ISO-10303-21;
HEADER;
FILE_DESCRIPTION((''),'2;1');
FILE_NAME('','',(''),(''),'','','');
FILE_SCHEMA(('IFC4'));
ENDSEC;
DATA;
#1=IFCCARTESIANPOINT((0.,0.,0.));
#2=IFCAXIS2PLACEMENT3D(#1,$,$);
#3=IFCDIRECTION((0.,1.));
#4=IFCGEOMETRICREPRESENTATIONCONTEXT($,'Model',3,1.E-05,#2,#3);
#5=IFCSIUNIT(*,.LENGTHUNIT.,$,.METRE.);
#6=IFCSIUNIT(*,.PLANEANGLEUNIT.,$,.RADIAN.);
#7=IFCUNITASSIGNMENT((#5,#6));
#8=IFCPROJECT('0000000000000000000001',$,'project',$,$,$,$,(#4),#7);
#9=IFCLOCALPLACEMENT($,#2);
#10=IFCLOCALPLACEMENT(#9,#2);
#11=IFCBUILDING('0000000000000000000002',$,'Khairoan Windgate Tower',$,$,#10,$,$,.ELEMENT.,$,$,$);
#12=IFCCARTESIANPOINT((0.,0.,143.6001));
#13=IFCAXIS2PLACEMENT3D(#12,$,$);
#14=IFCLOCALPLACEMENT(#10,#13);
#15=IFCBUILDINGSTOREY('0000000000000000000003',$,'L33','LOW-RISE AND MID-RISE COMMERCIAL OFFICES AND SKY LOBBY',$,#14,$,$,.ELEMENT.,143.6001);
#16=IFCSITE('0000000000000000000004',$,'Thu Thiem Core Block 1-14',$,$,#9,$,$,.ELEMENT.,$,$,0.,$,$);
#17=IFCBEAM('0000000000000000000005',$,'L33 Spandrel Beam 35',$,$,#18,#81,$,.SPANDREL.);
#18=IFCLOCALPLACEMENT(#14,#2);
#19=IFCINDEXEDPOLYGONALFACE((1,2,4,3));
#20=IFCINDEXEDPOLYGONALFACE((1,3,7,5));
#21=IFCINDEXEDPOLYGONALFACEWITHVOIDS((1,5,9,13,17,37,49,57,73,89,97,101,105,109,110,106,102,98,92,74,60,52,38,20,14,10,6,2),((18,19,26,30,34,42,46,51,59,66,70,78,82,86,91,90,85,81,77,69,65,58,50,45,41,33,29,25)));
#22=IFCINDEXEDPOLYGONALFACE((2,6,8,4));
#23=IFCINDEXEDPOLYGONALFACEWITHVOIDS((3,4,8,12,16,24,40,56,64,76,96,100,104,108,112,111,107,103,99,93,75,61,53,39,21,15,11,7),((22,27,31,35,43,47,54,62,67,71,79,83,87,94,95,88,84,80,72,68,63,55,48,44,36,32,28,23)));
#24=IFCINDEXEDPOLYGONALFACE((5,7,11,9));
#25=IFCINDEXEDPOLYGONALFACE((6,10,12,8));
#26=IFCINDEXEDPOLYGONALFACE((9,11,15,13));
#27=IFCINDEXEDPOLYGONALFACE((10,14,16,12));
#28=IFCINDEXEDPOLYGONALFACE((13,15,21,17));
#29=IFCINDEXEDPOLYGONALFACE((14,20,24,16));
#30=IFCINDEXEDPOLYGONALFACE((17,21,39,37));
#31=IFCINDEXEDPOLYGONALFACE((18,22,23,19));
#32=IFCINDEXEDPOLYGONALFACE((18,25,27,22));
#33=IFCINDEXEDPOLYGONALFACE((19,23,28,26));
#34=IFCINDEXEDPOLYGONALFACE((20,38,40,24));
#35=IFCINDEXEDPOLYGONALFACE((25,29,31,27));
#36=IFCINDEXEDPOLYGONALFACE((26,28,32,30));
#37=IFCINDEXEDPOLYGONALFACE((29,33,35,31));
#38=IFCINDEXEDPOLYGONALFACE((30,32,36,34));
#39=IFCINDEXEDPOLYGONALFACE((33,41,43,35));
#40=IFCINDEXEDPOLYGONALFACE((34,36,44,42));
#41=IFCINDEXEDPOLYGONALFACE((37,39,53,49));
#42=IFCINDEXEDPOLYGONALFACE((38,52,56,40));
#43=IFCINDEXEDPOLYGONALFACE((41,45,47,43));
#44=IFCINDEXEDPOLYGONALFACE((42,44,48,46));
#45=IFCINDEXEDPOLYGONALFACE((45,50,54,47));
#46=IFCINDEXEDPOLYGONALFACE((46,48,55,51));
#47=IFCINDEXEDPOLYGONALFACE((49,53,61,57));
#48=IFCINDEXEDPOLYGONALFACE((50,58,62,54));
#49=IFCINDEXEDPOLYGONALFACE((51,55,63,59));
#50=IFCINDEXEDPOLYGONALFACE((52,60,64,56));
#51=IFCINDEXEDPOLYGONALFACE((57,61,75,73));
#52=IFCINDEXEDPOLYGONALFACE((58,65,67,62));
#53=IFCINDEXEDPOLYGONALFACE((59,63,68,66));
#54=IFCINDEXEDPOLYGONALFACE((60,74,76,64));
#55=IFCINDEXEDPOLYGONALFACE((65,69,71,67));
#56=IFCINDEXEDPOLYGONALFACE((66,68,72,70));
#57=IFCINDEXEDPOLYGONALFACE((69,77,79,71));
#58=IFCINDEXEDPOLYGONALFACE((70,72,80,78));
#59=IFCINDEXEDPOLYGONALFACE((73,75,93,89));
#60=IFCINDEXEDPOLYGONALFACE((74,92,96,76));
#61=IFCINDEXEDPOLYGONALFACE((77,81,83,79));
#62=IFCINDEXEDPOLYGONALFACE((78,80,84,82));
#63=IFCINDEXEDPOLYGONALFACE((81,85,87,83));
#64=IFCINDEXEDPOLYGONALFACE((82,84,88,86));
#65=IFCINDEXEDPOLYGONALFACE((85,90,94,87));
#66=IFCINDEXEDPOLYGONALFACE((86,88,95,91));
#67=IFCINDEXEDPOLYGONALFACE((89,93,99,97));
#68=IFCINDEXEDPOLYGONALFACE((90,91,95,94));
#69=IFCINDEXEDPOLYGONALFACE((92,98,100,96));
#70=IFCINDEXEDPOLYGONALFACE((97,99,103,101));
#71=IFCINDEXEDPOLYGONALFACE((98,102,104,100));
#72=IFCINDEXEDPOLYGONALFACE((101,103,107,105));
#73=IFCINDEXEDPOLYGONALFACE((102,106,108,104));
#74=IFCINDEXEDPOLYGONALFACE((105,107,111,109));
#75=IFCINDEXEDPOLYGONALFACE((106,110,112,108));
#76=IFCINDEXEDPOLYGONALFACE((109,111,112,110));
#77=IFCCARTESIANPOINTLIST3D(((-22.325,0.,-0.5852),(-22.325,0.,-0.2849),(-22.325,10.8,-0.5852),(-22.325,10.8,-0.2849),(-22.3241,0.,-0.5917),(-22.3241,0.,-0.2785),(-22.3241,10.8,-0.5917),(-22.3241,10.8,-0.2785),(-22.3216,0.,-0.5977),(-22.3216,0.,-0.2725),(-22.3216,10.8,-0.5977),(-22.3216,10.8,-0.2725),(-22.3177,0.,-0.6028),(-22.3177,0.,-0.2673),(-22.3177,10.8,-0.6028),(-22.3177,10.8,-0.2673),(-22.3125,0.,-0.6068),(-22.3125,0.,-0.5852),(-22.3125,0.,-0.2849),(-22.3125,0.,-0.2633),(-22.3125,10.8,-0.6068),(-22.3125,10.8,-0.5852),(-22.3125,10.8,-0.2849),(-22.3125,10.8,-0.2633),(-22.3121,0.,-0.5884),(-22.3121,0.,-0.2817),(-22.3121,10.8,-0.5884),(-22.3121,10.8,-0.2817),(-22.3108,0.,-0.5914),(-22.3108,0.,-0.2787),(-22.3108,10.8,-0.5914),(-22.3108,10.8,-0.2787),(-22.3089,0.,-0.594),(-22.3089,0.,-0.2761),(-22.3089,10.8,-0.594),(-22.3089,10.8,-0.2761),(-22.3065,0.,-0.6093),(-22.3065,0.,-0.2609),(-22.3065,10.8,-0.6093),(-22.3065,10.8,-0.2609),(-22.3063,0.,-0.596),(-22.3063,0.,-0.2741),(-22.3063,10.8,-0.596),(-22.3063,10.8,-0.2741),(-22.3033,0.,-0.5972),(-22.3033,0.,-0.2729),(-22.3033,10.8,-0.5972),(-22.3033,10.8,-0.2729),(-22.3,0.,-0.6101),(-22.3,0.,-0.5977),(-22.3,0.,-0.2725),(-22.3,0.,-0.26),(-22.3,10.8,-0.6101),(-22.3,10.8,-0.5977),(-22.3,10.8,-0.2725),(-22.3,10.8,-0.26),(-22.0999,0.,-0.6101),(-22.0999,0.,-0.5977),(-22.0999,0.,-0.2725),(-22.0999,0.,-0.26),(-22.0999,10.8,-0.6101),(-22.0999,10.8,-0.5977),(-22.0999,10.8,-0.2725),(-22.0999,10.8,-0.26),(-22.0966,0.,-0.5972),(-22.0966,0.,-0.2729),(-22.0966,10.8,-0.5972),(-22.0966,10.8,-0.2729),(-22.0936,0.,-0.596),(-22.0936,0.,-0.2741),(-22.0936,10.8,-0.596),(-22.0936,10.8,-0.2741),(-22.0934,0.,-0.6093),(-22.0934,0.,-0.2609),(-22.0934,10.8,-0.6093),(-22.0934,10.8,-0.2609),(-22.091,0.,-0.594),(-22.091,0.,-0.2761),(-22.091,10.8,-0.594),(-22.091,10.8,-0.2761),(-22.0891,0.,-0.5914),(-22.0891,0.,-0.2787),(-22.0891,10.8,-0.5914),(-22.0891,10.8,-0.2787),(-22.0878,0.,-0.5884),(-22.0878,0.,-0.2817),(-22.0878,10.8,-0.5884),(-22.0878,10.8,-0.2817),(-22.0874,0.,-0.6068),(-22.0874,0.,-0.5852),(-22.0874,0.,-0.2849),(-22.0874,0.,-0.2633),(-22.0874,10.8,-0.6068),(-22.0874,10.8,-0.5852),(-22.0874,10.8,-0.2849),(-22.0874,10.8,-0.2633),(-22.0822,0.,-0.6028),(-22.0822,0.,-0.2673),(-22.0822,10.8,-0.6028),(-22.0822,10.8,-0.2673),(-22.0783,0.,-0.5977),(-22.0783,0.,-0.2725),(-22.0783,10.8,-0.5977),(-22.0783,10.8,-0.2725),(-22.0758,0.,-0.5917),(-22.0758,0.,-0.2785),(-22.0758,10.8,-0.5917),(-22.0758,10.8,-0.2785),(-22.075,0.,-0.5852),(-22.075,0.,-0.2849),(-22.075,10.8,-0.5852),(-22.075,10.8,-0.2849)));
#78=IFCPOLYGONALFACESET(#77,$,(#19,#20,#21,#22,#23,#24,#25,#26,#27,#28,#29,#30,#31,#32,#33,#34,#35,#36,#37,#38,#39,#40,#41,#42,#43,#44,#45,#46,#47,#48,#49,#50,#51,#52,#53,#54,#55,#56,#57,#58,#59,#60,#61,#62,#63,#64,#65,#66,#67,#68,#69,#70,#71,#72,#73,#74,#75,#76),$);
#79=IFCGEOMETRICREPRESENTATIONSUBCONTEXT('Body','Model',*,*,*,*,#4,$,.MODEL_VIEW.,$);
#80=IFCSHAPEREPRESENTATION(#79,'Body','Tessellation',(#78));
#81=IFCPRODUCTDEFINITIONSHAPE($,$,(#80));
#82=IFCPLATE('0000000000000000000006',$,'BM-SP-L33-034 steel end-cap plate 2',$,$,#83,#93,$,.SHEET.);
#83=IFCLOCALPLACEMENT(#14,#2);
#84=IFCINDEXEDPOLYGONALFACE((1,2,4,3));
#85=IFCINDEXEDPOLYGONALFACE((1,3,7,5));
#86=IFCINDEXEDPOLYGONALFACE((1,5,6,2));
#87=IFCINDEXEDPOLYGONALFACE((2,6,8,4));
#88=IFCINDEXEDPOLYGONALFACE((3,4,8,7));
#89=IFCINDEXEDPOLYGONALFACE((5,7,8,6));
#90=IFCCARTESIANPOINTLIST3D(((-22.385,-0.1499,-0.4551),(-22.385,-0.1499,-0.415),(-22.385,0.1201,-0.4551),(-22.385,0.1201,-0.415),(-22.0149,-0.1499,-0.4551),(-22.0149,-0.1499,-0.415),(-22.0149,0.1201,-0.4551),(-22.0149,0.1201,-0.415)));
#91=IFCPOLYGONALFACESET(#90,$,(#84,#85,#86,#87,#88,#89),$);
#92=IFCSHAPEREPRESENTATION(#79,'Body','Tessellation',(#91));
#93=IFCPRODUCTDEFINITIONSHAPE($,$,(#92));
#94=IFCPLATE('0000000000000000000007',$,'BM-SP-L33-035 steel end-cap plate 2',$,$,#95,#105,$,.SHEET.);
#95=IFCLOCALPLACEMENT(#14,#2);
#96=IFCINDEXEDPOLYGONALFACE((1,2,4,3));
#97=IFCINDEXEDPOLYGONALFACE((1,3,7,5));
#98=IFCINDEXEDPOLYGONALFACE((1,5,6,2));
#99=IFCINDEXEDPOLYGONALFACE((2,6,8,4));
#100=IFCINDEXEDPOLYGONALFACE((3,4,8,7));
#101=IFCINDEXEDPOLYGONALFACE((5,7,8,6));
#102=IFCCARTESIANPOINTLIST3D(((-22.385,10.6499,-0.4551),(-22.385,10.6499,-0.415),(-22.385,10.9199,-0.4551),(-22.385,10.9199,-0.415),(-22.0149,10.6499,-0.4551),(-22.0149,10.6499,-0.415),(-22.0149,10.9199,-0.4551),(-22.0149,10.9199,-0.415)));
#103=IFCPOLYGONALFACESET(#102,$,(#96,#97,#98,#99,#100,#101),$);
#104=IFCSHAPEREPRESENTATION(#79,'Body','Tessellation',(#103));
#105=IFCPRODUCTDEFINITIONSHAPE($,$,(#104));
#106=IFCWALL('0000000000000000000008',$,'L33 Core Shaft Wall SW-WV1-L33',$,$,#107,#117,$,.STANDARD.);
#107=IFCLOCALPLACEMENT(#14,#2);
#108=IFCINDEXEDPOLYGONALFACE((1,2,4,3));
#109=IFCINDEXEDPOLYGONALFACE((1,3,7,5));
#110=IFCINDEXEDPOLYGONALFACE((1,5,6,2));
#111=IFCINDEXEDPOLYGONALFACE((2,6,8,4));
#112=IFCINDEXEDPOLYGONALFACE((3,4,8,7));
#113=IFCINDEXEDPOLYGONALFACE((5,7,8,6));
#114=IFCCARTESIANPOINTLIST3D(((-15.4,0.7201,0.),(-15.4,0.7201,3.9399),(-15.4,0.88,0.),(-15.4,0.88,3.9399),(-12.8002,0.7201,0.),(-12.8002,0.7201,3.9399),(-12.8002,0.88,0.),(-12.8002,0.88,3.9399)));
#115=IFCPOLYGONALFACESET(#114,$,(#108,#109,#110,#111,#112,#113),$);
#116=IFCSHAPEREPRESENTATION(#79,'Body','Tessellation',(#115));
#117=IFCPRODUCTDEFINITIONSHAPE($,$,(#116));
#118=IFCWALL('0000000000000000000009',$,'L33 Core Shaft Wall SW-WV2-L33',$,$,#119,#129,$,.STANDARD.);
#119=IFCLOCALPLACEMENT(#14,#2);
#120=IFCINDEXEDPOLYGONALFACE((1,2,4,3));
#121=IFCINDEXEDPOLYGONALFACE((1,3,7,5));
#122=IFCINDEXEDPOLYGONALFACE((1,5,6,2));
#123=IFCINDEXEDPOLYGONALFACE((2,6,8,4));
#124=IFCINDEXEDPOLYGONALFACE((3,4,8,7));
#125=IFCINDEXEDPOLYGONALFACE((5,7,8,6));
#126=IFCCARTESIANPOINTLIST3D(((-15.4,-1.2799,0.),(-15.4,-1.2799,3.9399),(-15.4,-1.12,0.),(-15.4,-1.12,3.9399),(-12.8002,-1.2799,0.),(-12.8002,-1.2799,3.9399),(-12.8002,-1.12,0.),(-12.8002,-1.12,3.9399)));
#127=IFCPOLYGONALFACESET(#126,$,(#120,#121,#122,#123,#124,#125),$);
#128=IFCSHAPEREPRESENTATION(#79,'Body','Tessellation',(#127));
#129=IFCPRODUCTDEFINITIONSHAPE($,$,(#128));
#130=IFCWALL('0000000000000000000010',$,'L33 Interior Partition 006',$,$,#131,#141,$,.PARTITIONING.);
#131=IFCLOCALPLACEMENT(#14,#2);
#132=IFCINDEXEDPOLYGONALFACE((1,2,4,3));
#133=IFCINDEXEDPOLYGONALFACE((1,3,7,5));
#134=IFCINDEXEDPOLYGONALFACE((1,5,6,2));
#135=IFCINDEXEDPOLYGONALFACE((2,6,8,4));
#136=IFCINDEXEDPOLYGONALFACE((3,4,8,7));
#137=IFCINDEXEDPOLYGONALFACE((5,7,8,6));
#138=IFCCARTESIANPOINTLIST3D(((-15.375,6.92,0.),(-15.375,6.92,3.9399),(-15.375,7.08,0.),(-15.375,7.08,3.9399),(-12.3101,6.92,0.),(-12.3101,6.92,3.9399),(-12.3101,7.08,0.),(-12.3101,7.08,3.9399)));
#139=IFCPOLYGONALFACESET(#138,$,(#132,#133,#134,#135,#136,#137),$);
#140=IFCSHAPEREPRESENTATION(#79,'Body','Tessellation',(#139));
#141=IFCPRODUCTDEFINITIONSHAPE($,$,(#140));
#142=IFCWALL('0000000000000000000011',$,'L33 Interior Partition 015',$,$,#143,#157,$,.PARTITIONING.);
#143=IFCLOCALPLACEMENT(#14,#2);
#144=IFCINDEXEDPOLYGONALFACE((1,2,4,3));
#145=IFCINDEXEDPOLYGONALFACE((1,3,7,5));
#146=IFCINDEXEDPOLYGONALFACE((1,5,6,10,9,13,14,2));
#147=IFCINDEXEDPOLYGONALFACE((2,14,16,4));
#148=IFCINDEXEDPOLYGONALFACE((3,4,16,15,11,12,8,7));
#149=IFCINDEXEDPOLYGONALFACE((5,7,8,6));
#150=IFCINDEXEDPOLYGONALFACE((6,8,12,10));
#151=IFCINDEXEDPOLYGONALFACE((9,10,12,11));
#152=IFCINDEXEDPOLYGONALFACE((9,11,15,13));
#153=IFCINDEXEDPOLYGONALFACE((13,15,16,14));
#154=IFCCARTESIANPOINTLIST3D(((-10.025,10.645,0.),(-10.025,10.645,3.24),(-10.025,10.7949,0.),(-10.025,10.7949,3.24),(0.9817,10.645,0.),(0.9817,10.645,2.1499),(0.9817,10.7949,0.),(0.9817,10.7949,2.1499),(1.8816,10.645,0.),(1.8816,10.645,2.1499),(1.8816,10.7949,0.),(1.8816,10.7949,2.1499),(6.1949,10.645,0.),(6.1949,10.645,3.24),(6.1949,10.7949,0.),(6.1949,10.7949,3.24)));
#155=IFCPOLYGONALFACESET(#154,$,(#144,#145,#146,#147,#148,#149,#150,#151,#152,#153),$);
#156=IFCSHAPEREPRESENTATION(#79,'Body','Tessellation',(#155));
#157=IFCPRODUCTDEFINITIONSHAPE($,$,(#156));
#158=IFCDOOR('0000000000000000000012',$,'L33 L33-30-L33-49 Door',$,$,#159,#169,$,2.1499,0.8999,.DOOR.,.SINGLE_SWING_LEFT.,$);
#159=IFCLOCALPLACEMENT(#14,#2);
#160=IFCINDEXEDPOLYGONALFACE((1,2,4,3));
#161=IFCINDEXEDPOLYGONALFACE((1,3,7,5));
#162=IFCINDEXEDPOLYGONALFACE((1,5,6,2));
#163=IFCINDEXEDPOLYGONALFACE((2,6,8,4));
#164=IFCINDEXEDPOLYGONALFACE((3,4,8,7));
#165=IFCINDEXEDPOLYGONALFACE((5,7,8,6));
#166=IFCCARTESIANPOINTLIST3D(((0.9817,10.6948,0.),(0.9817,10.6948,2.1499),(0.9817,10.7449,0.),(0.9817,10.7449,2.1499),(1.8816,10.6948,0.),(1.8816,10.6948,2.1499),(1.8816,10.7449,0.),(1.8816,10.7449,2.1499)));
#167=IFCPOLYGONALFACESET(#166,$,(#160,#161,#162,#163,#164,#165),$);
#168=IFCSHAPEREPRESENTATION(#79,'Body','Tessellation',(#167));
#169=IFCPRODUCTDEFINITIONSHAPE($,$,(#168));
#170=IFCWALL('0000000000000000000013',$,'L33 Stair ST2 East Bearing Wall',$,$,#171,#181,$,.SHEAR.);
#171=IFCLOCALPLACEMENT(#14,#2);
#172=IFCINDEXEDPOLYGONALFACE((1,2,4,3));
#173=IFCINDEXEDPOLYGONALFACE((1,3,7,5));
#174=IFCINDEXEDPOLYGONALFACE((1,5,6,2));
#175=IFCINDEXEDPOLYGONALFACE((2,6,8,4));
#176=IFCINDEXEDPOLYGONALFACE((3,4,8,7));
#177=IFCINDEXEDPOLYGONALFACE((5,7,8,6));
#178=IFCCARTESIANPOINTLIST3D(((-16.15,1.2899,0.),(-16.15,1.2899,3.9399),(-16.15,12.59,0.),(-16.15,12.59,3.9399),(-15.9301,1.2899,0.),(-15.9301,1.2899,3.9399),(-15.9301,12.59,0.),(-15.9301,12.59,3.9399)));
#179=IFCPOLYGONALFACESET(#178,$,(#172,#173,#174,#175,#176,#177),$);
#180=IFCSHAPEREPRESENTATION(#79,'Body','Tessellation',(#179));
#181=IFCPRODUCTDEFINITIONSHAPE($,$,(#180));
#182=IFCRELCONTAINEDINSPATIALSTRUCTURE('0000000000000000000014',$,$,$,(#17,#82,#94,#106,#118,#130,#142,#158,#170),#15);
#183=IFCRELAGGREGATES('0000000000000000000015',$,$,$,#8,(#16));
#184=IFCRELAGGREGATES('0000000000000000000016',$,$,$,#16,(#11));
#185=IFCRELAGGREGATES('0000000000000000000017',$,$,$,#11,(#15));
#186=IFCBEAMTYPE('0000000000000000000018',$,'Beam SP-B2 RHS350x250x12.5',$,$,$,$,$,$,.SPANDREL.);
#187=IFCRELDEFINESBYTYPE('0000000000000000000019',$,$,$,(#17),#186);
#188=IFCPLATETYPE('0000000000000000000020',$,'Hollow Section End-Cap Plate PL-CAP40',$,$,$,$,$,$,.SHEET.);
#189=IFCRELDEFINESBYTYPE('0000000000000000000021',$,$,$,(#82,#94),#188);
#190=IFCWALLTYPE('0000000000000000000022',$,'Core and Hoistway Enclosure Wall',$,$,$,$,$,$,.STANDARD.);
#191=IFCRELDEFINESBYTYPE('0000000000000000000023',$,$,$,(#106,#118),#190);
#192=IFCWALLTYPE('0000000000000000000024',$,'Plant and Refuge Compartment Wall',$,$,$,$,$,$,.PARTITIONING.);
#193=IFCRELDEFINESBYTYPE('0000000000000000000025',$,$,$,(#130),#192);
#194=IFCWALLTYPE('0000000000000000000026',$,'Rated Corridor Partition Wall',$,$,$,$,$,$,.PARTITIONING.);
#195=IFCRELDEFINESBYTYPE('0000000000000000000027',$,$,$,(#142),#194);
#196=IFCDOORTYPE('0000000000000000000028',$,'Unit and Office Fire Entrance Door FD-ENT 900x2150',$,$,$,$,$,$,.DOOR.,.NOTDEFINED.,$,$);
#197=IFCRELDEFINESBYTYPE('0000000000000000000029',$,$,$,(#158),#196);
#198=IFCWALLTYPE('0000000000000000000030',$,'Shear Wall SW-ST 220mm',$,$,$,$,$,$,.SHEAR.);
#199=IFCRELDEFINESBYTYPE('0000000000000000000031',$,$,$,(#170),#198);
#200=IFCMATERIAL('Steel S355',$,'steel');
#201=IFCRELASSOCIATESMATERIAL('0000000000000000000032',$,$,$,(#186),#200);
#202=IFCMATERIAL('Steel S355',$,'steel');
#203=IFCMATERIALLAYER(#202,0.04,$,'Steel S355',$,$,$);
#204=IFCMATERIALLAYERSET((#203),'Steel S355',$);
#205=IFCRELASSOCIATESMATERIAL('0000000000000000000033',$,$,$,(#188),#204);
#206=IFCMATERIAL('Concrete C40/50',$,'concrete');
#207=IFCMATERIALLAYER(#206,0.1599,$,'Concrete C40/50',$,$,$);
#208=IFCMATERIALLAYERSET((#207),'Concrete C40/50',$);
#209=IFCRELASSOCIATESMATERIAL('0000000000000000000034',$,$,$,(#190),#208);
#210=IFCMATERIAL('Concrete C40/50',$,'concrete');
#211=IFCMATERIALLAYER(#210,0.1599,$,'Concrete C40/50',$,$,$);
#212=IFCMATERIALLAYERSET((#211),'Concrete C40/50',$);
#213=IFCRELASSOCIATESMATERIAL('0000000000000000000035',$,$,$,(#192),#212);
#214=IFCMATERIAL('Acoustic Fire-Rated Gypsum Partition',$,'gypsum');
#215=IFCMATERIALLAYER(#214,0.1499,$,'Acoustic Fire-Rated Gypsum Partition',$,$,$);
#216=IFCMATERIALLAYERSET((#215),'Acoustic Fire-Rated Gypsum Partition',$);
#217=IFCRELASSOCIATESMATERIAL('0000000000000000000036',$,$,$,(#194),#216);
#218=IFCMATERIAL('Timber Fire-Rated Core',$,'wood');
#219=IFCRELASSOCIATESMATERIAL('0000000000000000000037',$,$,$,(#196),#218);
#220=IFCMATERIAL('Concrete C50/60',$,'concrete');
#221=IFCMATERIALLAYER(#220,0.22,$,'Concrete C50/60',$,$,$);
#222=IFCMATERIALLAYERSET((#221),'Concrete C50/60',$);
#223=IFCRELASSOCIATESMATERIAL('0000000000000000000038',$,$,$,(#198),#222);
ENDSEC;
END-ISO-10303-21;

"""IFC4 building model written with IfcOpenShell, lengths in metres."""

from ifc_helpers import new_model, si_unit, direction, frame, frame_2d, origin, origin_2d, place, context, subcontext, project, spatial, rectangle, hollow_rectangle, extrude, material, layer, layer_set, material_profile, profile_set, type_object, element, fill, save


model = new_model("IFC4")

# Units and contexts
model_context = context("Model", 3, precision=1e-05, world=origin(), true_north=direction((0.0, 1.0)))
body_context = subcontext(model_context, "Body", "Model", "MODEL_VIEW")
ifc_project = project(units=[si_unit("LENGTHUNIT", "METRE"), si_unit("PLANEANGLEUNIT", "RADIAN")], contexts=[model_context])

# Site, building, storey
site_placement = place(None, origin())
site = spatial("IfcSite", under=ifc_project, at=site_placement, Name="Thu Thiem Core Block 1-14", CompositionType="ELEMENT", RefElevation=0.0)
building_placement = place(site_placement, origin())
building = spatial("IfcBuilding", under=site, at=building_placement, Name="Khairoan Windgate Tower", CompositionType="ELEMENT")
storey_placement = place(building_placement, frame((0.0, 0.0, 143.6001)))
storey = spatial("IfcBuildingStorey", under=building, at=storey_placement, Name="L33", Description="LOW-RISE AND MID-RISE COMMERCIAL OFFICES AND SKY LOBBY", CompositionType="ELEMENT", Elevation=143.6001)

# Beam
ifc_material_1 = material(Name="Steel S355", Category="steel")
ifc_material_profile_1 = material_profile(ifc_material_1, hollow_rectangle(XDim=0.25, YDim=0.3501, WallThickness=0.0125, InnerFilletRadius=0.0125, OuterFilletRadius=0.0249, at=origin_2d()))
ifc_profile_set_1 = profile_set([ifc_material_profile_1], Name="Steel S355")
beam_type_1 = type_object("IfcBeamType", Name="Beam SP-B2 RHS350x250x12.5", PredefinedType="SPANDREL", material=ifc_profile_set_1)
beam_1_placement = place(storey_placement, frame((-22.2, 0.0, -0.4351), z_axis=(0.0, 1.0, 0.0), x_axis=(-1.0, 0.0, 0.0)))
element("IfcBeam", 1, at=beam_1_placement, inside=storey, type_object=beam_type_1, Name="L33 Spandrel Beam 35", PredefinedType="SPANDREL", context=body_context, shape_type="SweptSolid", body=[
    extrude(hollow_rectangle(XDim=0.25, YDim=0.3501, WallThickness=0.0125, InnerFilletRadius=0.0125, OuterFilletRadius=0.0249, at=origin_2d()), origin(), (0.0, 0.0, 1.0), 10.8),
])

# Plates
ifc_material_2 = material(Name="Steel S355", Category="steel")
ifc_layer_1 = layer(ifc_material_2, 0.04, Name="Steel S355")
ifc_layer_set_1 = layer_set([ifc_layer_1], Name="Steel S355")
plate_type = type_object("IfcPlateType", Name="Hollow Section End-Cap Plate PL-CAP40", PredefinedType="SHEET", material=ifc_layer_set_1)
for number, where, z_axis, x_axis, name in (
    (2, (-22.2, -0.0149, -0.4551), (0.0, 0.0, 1.0), (0.0, 1.0, 0.0), "BM-SP-L33-034 steel end-cap plate 2"),
    (3, (-22.2, 10.7849, -0.4551), (0.0, 0.0, 1.0), (0.0, 1.0, 0.0), "BM-SP-L33-035 steel end-cap plate 2"),
):
    element("IfcPlate", number, at=place(storey_placement, frame(where, z_axis=z_axis, x_axis=x_axis)), inside=storey, type_object=plate_type, Name=name, PredefinedType="SHEET", context=body_context, shape_type="SweptSolid", body=[
        extrude(rectangle(XDim=0.27, YDim=0.3701, at=origin_2d()), origin(), (0.0, 0.0, 1.0), 0.04),
    ])

# Walls
ifc_material_3 = material(Name="Concrete C40/50", Category="concrete")
ifc_layer_2 = layer(ifc_material_3, 0.1599, Name="Concrete C40/50")
ifc_layer_set_2 = layer_set([ifc_layer_2], Name="Concrete C40/50")
wall_type_1 = type_object("IfcWallType", Name="Core and Hoistway Enclosure Wall", PredefinedType="STANDARD", material=ifc_layer_set_2)
for number, where, z_axis, x_axis, name in (
    (4, (-15.3999, 0.8, 0.0), (0.0, 0.0, 1.0), (1.0, 0.0, 0.0), "L33 Core Shaft Wall SW-WV1-L33"),
    (5, (-15.3999, -1.2, 0.0), (0.0, 0.0, 1.0), (1.0, 0.0, 0.0), "L33 Core Shaft Wall SW-WV2-L33"),
):
    element("IfcWall", number, at=place(storey_placement, frame(where, z_axis=z_axis, x_axis=x_axis)), inside=storey, type_object=wall_type_1, Name=name, PredefinedType="STANDARD", context=body_context, shape_type="SweptSolid", body=[
        extrude(rectangle(XDim=2.5999, YDim=0.1599, at=frame_2d((1.2998, 0.0))), origin(), (0.0, 0.0, 1.0), 3.9399),
    ])
ifc_material_4 = material(Name="Concrete C40/50", Category="concrete")
ifc_layer_3 = layer(ifc_material_4, 0.1599, Name="Concrete C40/50")
ifc_layer_set_3 = layer_set([ifc_layer_3], Name="Concrete C40/50")
wall_type_2 = type_object("IfcWallType", Name="Plant and Refuge Compartment Wall", PredefinedType="PARTITIONING", material=ifc_layer_set_3)
wall_1_placement = place(storey_placement, frame((-15.375, 7.0, 0.0), z_axis=(0.0, 0.0, 1.0), x_axis=(1.0, 0.0, 0.0)))
element("IfcWall", 6, at=wall_1_placement, inside=storey, type_object=wall_type_2, Name="L33 Interior Partition 006", PredefinedType="PARTITIONING", context=body_context, shape_type="SweptSolid", body=[
    extrude(rectangle(XDim=3.0649, YDim=0.1599, at=frame_2d((1.5325, 0.0))), origin(), (0.0, 0.0, 1.0), 3.9399),
])

# Wall, opening, door
ifc_material_5 = material(Name="Acoustic Fire-Rated Gypsum Partition", Category="gypsum")
ifc_layer_4 = layer(ifc_material_5, 0.1499, Name="Acoustic Fire-Rated Gypsum Partition")
ifc_layer_set_4 = layer_set([ifc_layer_4], Name="Acoustic Fire-Rated Gypsum Partition")
wall_type_3 = type_object("IfcWallType", Name="Rated Corridor Partition Wall", PredefinedType="PARTITIONING", material=ifc_layer_set_4)
wall_2_placement = place(storey_placement, frame((-10.0249, 10.72, 0.0), z_axis=(0.0, 0.0, 1.0), x_axis=(1.0, 0.0, 0.0)))
wall_2 = element("IfcWall", 7, at=wall_2_placement, inside=storey, type_object=wall_type_3, Name="L33 Interior Partition 015", PredefinedType="PARTITIONING", context=body_context, shape_type="SweptSolid", body=[
    extrude(rectangle(XDim=16.22, YDim=0.1499, at=frame_2d((8.1099, 0.0))), origin(), (0.0, 0.0, 1.0), 3.24),
])
opening_1_placement = place(wall_2_placement, frame((11.0066, 0.0, 0.0)))
opening_1 = element("IfcOpeningElement", 8, at=opening_1_placement, cuts=wall_2, PredefinedType="OPENING", context=body_context, shape_type="SweptSolid", body=[
    extrude(rectangle(XDim=0.8999, YDim=2.1499, at=frame_2d((0.45, 1.075))), frame((0.0, 0.085, 0.0), z_axis=(0.0, -1.0, 0.0), x_axis=(1.0, 0.0, 0.0)), (0.0, 0.0, 1.0), 0.1699),
])
ifc_material_6 = material(Name="Timber Fire-Rated Core", Category="wood")
door_type_1 = type_object("IfcDoorType", Name="Unit and Office Fire Entrance Door FD-ENT 900x2150", OperationType="NOTDEFINED", PredefinedType="DOOR", material=ifc_material_6)
door_1_placement = place(opening_1_placement, origin())
door_1 = element("IfcDoor", 9, at=door_1_placement, inside=storey, type_object=door_type_1, Name="L33 L33-30-L33-49 Door", OperationType="SINGLE_SWING_LEFT", OverallHeight=2.1499, OverallWidth=0.8999, PredefinedType="DOOR", context=body_context, shape_type="SweptSolid", body=[
    extrude(rectangle(XDim=0.8999, YDim=2.1499, at=frame_2d((0.45, 1.075))), frame((0.0, 0.0249, 0.0), z_axis=(0.0, -1.0, 0.0), x_axis=(1.0, 0.0, 0.0)), (0.0, 0.0, 1.0), 0.05),
])
fill(opening_1, door_1)

# Wall
ifc_material_7 = material(Name="Concrete C50/60", Category="concrete")
ifc_layer_5 = layer(ifc_material_7, 0.22, Name="Concrete C50/60")
ifc_layer_set_5 = layer_set([ifc_layer_5], Name="Concrete C50/60")
wall_type_4 = type_object("IfcWallType", Name="Shear Wall SW-ST 220mm", PredefinedType="SHEAR", material=ifc_layer_set_5)
for number, where, z_axis, x_axis, name in (
    (10, (-16.04, 1.29, 0.0), (0.0, 0.0, 1.0), (0.0, 1.0, 0.0), "L33 Stair ST2 East Bearing Wall"),
):
    element("IfcWall", number, at=place(storey_placement, frame(where, z_axis=z_axis, x_axis=x_axis)), inside=storey, type_object=wall_type_4, Name=name, PredefinedType="SHEAR", context=body_context, shape_type="SweptSolid", body=[
        extrude(rectangle(XDim=11.3, YDim=0.22, at=frame_2d((5.6499, 0.0))), origin(), (0.0, 0.0, 1.0), 3.9399),
    ])

save(model, "model.ifc")
